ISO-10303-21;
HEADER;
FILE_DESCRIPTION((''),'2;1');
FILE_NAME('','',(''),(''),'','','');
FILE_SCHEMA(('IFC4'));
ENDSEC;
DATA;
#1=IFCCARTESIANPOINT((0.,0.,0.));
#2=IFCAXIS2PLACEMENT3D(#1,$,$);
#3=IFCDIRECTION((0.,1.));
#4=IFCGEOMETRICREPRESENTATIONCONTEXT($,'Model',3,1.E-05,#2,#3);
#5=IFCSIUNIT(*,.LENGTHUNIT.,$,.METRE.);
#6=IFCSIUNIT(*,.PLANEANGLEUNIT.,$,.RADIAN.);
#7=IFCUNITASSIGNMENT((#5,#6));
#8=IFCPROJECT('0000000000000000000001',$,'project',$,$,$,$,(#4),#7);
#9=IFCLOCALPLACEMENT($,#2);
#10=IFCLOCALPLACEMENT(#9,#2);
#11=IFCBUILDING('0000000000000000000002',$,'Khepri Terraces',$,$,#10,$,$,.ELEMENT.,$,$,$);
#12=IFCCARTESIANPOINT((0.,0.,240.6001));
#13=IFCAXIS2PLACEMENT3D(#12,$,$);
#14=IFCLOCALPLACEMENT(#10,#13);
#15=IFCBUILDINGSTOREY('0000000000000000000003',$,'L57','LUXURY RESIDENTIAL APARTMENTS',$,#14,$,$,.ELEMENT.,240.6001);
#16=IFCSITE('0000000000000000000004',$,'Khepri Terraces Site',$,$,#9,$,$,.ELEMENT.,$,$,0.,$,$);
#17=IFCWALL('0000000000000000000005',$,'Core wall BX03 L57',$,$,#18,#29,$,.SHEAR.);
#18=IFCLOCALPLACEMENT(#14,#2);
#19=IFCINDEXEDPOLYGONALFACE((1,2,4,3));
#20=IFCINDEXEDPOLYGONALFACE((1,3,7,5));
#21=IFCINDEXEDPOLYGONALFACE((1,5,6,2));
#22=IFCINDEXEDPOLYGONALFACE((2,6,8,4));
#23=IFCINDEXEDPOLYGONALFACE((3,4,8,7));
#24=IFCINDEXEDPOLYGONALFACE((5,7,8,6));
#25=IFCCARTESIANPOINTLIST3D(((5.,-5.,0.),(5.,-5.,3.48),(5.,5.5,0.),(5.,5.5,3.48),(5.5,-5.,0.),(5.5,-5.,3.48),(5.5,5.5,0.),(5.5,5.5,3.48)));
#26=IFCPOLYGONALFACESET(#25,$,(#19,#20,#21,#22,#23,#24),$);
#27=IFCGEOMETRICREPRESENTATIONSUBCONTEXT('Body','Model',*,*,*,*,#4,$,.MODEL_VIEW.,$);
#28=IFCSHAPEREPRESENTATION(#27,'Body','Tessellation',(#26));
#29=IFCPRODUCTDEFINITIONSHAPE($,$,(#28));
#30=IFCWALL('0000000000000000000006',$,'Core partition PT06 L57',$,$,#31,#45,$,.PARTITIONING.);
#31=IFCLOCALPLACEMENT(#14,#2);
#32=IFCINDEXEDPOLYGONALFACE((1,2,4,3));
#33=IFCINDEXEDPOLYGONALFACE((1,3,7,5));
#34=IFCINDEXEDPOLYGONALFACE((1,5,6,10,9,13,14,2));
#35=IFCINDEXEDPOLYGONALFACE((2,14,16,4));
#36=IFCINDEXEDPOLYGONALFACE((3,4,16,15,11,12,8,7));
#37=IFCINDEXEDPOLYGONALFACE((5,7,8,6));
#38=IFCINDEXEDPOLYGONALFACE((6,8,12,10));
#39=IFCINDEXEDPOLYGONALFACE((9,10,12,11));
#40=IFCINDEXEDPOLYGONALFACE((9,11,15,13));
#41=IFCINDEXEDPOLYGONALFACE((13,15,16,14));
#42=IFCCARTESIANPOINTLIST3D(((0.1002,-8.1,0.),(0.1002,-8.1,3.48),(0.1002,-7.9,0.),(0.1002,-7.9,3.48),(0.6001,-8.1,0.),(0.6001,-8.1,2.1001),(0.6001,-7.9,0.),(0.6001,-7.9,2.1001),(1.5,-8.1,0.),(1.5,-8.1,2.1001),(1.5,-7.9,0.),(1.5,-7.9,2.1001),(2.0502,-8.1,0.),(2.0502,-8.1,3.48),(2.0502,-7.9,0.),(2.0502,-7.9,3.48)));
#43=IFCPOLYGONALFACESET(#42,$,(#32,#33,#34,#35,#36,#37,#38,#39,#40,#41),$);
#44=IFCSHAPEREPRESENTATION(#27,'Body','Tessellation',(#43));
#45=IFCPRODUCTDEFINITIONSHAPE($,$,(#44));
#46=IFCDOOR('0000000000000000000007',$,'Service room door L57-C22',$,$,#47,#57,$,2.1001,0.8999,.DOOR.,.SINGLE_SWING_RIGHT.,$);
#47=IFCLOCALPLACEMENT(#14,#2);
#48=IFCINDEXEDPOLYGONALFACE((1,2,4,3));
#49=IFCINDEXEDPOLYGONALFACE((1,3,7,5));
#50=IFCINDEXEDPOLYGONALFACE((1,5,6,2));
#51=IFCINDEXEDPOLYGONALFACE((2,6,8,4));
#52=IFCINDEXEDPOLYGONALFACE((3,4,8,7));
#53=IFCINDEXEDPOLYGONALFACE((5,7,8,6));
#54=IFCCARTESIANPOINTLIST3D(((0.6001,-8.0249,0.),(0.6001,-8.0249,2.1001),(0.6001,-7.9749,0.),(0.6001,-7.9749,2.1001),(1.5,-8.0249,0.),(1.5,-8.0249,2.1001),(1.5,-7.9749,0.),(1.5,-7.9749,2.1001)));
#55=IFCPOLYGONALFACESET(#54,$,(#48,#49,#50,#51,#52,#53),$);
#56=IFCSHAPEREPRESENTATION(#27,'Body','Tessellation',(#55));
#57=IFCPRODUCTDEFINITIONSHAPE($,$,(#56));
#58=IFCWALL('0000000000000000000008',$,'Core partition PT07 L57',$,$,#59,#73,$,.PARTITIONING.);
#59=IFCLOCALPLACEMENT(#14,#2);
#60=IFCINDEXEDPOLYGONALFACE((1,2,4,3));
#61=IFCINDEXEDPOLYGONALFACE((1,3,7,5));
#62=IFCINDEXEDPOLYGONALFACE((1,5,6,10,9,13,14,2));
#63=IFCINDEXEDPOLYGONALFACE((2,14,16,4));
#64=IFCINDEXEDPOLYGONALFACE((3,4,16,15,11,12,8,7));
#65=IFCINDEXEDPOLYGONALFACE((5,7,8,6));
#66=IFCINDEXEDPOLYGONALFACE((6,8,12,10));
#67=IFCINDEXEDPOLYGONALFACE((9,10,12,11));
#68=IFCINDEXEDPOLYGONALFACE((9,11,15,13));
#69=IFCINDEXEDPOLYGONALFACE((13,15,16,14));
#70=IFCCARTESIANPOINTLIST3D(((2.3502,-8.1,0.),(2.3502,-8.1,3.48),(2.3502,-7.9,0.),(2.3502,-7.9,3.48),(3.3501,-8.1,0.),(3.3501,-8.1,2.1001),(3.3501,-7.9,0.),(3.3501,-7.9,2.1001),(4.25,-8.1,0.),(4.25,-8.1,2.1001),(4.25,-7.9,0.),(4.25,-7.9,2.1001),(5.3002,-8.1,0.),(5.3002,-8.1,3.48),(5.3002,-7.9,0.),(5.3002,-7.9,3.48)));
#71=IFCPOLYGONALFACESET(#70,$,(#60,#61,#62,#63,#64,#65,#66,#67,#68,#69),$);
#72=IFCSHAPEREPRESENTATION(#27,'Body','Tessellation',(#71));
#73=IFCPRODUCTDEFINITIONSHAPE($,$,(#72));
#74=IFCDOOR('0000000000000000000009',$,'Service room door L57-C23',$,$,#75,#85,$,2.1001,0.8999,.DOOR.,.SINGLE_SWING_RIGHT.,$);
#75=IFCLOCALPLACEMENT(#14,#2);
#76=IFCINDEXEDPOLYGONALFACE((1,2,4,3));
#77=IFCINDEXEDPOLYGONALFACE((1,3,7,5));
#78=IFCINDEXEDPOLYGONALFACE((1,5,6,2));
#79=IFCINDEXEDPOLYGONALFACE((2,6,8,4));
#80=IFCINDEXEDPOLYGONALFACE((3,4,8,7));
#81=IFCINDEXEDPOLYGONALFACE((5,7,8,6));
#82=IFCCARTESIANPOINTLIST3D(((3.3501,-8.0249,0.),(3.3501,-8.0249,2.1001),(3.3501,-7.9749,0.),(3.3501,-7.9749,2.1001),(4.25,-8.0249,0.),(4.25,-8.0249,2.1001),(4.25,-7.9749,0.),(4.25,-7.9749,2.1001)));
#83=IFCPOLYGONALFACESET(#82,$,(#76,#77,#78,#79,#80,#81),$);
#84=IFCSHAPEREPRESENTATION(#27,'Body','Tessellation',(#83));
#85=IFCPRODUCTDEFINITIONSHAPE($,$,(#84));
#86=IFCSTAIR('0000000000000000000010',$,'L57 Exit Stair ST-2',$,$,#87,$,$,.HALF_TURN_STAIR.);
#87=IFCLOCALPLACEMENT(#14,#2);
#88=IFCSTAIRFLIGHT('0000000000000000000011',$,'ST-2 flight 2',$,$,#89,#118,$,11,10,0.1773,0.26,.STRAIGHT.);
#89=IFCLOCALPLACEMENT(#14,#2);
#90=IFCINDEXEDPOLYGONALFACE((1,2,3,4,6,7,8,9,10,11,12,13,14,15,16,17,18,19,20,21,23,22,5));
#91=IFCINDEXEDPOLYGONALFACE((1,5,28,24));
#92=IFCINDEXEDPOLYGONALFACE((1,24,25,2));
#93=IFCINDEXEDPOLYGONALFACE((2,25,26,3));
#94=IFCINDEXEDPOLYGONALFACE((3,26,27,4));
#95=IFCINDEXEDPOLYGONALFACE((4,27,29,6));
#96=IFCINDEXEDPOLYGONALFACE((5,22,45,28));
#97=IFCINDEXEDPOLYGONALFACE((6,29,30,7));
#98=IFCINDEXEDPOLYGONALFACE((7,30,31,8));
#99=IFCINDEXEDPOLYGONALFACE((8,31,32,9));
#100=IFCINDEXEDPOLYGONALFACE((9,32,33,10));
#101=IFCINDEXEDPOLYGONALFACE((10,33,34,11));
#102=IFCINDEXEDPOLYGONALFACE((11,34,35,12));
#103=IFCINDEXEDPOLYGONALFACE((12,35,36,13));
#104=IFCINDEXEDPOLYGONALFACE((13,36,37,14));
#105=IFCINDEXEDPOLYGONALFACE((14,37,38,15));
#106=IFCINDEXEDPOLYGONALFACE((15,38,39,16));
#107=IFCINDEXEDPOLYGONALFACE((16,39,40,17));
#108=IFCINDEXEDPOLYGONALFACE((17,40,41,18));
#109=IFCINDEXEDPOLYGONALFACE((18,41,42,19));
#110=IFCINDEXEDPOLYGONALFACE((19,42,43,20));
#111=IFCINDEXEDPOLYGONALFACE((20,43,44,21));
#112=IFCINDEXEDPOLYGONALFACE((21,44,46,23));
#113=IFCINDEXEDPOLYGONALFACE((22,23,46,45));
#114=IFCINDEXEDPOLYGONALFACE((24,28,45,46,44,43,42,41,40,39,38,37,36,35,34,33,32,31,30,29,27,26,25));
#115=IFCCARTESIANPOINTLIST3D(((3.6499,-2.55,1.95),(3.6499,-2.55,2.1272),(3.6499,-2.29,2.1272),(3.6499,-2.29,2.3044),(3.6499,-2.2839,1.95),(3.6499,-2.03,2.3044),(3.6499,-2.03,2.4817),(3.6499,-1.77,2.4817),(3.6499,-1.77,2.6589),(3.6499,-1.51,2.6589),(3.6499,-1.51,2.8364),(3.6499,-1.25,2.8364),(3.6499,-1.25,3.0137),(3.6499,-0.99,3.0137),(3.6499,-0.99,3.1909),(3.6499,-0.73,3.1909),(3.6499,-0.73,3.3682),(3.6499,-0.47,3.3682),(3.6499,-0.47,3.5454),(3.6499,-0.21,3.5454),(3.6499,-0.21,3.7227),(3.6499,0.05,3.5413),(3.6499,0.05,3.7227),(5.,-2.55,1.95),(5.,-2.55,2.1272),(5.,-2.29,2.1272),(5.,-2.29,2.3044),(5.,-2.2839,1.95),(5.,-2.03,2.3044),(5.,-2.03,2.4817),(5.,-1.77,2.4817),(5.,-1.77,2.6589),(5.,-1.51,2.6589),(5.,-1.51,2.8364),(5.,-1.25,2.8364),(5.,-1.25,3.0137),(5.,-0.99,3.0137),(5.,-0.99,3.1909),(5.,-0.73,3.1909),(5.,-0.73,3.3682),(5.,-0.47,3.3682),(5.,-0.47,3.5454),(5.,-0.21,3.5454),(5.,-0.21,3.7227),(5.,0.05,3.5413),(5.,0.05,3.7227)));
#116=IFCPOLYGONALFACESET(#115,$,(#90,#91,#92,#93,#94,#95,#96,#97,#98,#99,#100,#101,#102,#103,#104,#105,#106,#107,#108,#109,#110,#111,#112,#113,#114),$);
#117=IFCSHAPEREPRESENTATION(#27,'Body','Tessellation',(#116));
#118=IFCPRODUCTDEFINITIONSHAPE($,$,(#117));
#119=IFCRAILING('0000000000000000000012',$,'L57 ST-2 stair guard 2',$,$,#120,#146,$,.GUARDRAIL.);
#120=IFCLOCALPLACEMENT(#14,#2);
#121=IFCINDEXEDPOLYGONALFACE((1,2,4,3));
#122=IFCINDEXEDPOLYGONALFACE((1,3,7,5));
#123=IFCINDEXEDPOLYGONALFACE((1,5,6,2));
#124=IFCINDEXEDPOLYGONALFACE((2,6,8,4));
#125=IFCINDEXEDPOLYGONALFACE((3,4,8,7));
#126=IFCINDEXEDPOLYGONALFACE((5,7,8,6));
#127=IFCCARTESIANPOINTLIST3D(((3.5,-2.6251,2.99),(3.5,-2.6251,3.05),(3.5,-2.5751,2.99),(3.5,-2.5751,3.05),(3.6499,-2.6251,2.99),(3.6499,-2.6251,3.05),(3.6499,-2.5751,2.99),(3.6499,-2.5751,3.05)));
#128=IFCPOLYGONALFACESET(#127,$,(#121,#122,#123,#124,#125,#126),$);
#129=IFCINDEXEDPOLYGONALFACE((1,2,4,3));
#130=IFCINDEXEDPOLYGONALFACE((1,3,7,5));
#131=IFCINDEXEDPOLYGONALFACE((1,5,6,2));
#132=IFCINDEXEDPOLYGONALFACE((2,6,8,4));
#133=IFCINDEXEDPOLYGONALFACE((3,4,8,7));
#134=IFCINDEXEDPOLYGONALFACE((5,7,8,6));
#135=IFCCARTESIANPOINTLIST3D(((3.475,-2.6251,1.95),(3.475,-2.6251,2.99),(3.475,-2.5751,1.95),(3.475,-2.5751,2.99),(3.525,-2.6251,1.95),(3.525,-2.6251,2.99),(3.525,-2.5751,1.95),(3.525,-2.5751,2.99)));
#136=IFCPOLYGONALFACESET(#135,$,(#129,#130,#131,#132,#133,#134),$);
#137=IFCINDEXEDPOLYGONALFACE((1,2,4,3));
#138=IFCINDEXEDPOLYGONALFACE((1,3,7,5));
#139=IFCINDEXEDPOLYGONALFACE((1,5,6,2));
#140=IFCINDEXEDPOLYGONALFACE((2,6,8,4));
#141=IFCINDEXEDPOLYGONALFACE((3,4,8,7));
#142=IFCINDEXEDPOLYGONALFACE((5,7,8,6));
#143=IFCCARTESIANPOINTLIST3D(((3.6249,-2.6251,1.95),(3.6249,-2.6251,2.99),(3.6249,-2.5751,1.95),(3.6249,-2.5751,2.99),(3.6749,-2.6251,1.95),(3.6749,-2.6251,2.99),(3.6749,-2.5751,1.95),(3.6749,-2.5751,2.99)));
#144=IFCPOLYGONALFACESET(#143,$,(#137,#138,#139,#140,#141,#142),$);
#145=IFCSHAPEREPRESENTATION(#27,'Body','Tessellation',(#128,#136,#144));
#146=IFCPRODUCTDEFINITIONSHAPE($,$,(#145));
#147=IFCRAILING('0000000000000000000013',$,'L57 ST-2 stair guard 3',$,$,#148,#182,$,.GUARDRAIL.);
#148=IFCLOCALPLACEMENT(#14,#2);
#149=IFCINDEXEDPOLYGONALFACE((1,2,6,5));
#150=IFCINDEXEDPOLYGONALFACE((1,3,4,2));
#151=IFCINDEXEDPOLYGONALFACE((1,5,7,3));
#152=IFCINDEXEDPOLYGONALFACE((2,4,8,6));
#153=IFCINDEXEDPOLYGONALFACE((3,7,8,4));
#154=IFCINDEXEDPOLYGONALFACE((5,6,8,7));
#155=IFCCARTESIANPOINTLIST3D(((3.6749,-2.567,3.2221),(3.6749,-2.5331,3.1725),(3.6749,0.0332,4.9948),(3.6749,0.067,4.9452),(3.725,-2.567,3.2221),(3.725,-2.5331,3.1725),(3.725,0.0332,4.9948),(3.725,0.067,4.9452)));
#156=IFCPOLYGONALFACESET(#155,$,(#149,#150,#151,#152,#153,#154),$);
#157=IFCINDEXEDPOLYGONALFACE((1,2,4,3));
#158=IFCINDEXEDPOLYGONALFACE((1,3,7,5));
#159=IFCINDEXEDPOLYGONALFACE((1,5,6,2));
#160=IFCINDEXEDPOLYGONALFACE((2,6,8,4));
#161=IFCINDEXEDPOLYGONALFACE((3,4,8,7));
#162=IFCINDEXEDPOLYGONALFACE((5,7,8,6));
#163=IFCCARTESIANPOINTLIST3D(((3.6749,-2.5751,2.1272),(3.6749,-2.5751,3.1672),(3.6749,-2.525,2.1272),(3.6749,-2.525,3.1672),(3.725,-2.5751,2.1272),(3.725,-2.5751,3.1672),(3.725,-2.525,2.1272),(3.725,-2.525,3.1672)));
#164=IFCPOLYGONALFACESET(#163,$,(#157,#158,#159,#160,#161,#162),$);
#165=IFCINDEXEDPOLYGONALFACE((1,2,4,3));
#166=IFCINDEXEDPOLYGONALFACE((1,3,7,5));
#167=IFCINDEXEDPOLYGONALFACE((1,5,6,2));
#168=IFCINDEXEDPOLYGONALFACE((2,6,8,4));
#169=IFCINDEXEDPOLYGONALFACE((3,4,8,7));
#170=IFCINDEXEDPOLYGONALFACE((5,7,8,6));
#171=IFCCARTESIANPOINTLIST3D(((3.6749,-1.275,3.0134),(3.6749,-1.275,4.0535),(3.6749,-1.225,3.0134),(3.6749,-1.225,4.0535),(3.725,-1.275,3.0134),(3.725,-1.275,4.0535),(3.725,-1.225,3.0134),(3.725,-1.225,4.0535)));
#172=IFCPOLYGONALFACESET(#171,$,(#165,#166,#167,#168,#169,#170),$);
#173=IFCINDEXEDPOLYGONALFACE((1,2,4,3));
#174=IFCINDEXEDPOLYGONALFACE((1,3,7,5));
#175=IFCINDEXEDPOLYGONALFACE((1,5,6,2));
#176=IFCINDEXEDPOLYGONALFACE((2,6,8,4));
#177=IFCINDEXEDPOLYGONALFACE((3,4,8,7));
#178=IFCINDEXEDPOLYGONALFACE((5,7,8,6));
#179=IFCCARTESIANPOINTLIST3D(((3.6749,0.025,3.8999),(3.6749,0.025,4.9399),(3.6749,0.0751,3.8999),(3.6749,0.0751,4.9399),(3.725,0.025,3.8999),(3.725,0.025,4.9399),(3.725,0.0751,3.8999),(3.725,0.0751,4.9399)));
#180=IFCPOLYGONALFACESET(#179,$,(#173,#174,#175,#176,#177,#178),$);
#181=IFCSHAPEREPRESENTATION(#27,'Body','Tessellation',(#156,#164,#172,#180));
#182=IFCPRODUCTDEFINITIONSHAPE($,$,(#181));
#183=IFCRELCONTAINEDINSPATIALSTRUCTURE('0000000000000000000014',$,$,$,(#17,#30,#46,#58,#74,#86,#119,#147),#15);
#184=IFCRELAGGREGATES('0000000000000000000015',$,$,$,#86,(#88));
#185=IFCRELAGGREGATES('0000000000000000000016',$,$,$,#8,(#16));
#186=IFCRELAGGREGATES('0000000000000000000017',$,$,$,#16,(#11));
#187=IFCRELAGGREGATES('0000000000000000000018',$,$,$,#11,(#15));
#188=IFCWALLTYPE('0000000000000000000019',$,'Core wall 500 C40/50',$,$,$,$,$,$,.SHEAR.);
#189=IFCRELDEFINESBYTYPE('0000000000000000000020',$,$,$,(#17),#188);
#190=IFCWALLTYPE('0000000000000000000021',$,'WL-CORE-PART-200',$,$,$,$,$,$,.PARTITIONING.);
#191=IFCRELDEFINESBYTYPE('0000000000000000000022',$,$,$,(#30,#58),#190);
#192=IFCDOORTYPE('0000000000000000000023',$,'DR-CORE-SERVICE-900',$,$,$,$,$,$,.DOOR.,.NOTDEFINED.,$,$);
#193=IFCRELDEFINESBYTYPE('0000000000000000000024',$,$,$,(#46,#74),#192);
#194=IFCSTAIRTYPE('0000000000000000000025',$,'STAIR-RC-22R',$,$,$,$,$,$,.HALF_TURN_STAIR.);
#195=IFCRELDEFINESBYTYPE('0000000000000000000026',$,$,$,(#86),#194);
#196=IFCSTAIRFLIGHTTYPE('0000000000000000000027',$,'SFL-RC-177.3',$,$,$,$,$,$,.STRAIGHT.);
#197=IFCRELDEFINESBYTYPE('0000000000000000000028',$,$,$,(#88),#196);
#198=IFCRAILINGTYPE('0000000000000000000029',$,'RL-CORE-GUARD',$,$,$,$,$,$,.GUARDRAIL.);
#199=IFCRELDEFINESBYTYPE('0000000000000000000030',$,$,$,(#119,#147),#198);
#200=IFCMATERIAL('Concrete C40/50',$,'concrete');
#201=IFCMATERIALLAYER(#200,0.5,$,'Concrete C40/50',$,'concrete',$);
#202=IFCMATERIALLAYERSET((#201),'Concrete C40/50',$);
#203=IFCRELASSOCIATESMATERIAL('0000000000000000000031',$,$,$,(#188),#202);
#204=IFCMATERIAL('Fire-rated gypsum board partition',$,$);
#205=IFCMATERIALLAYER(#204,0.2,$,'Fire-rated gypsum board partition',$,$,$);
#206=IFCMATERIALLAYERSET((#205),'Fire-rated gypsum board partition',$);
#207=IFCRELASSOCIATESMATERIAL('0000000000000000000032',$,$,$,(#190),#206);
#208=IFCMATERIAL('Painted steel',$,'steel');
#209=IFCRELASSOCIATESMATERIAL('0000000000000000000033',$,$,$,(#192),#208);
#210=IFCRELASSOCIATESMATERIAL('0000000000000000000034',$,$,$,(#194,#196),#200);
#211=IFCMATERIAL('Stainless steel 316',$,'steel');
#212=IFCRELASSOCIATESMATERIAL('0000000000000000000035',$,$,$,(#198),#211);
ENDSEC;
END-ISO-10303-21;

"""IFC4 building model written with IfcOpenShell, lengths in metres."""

from ifc_helpers import new_model, si_unit, direction, frame, frame_2d, origin, origin_2d, place, context, subcontext, project, spatial, polyline, rectangle, outline, extrude, material, layer, layer_set, type_object, element, fill, aggregate, save


model = new_model("IFC4")

# Units and contexts
model_context = context("Model", 3, precision=1e-05, world=origin(), true_north=direction((0.0, 1.0)))
body_context = subcontext(model_context, "Body", "Model", "MODEL_VIEW")
ifc_project = project(units=[si_unit("LENGTHUNIT", "METRE"), si_unit("PLANEANGLEUNIT", "RADIAN")], contexts=[model_context])

# Site, building, storey
site_placement = place(None, origin())
site = spatial("IfcSite", under=ifc_project, at=site_placement, Name="Khepri Terraces Site", CompositionType="ELEMENT", RefElevation=0.0)
building_placement = place(site_placement, origin())
building = spatial("IfcBuilding", under=site, at=building_placement, Name="Khepri Terraces", CompositionType="ELEMENT")
storey_placement = place(building_placement, frame((0.0, 0.0, 240.6001)))
storey = spatial("IfcBuildingStorey", under=building, at=storey_placement, Name="L57", Description="LUXURY RESIDENTIAL APARTMENTS", CompositionType="ELEMENT", Elevation=240.6001)

# Shared definitions
ifc_material_1 = material(Name="Concrete C40/50", Category="concrete")
ifc_material_2 = material(Name="Painted steel", Category="steel")

# Wall
ifc_layer_1 = layer(ifc_material_1, 0.5, Name="Concrete C40/50", Category="concrete")
ifc_layer_set_1 = layer_set([ifc_layer_1], Name="Concrete C40/50")
wall_type_1 = type_object("IfcWallType", Name="Core wall 500 C40/50", PredefinedType="SHEAR", material=ifc_layer_set_1)
wall_1_placement = place(storey_placement, frame((5.25, -5.0, 0.0), z_axis=(0.0, 0.0, 1.0), x_axis=(0.0, 1.0, 0.0)))
element("IfcWall", 1, at=wall_1_placement, inside=storey, type_object=wall_type_1, Name="Core wall BX03 L57", PredefinedType="SHEAR", context=body_context, shape_type="SweptSolid", body=[
    extrude(rectangle(XDim=10.5, YDim=0.5, at=frame_2d((5.25, 0.0))), origin(), (0.0, 0.0, 1.0), 3.48),
])

# Walls, openings, doors
ifc_material_3 = material(Name="Fire-rated gypsum board partition")
ifc_layer_2 = layer(ifc_material_3, 0.2, Name="Fire-rated gypsum board partition")
ifc_layer_set_2 = layer_set([ifc_layer_2], Name="Fire-rated gypsum board partition")
wall_type_2 = type_object("IfcWallType", Name="WL-CORE-PART-200", PredefinedType="PARTITIONING", material=ifc_layer_set_2)
wall_2_placement = place(storey_placement, frame((0.1001, -8.0, 0.0), z_axis=(0.0, 0.0, 1.0), x_axis=(1.0, 0.0, 0.0)))
wall_2 = element("IfcWall", 2, at=wall_2_placement, inside=storey, type_object=wall_type_2, Name="Core partition PT06 L57", PredefinedType="PARTITIONING", context=body_context, shape_type="SweptSolid", body=[
    extrude(rectangle(XDim=1.95, YDim=0.2, at=frame_2d((0.9751, 0.0))), origin(), (0.0, 0.0, 1.0), 3.48),
])
opening_1_placement = place(wall_2_placement, frame((0.5, 0.0, 0.0)))
opening_1 = element("IfcOpeningElement", 3, at=opening_1_placement, cuts=wall_2, PredefinedType="OPENING", context=body_context, shape_type="SweptSolid", body=[
    extrude(rectangle(XDim=0.8999, YDim=2.1001, at=frame_2d((0.45, 1.05))), frame((0.0, 0.1099, 0.0), z_axis=(0.0, -1.0, 0.0), x_axis=(1.0, 0.0, 0.0)), (0.0, 0.0, 1.0), 0.22),
])
door_type_1 = type_object("IfcDoorType", Name="DR-CORE-SERVICE-900", OperationType="NOTDEFINED", PredefinedType="DOOR", material=ifc_material_2)
door_1_placement = place(opening_1_placement, frame((0.8999, 0.0, 0.0), z_axis=(0.0, 0.0, 1.0), x_axis=(-1.0, 0.0, 0.0)))
door_1 = element("IfcDoor", 4, at=door_1_placement, inside=storey, type_object=door_type_1, Name="Service room door L57-C22", OperationType="SINGLE_SWING_RIGHT", OverallHeight=2.1001, OverallWidth=0.8999, PredefinedType="DOOR", context=body_context, shape_type="SweptSolid", body=[
    extrude(rectangle(XDim=0.8999, YDim=2.1001, at=frame_2d((0.45, 1.05))), frame((0.0, 0.0249, 0.0), z_axis=(0.0, -1.0, 0.0), x_axis=(1.0, 0.0, 0.0)), (0.0, 0.0, 1.0), 0.05),
])
fill(opening_1, door_1)
wall_3_placement = place(storey_placement, frame((2.3501, -8.0, 0.0), z_axis=(0.0, 0.0, 1.0), x_axis=(1.0, 0.0, 0.0)))
wall_3 = element("IfcWall", 5, at=wall_3_placement, inside=storey, type_object=wall_type_2, Name="Core partition PT07 L57", PredefinedType="PARTITIONING", context=body_context, shape_type="SweptSolid", body=[
    extrude(rectangle(XDim=2.95, YDim=0.2, at=frame_2d((1.4751, 0.0))), origin(), (0.0, 0.0, 1.0), 3.48),
])
opening_2_placement = place(wall_3_placement, frame((1.0, 0.0, 0.0)))
opening_2 = element("IfcOpeningElement", 6, at=opening_2_placement, cuts=wall_3, PredefinedType="OPENING", context=body_context, shape_type="SweptSolid", body=[
    extrude(rectangle(XDim=0.8999, YDim=2.1001, at=frame_2d((0.45, 1.05))), frame((0.0, 0.1099, 0.0), z_axis=(0.0, -1.0, 0.0), x_axis=(1.0, 0.0, 0.0)), (0.0, 0.0, 1.0), 0.22),
])
door_2_placement = place(opening_2_placement, frame((0.8999, 0.0, 0.0), z_axis=(0.0, 0.0, 1.0), x_axis=(-1.0, 0.0, 0.0)))
door_2 = element("IfcDoor", 7, at=door_2_placement, inside=storey, type_object=door_type_1, Name="Service room door L57-C23", OperationType="SINGLE_SWING_RIGHT", OverallHeight=2.1001, OverallWidth=0.8999, PredefinedType="DOOR", context=body_context, shape_type="SweptSolid", body=[
    extrude(rectangle(XDim=0.8999, YDim=2.1001, at=frame_2d((0.45, 1.05))), frame((0.0, 0.0249, 0.0), z_axis=(0.0, -1.0, 0.0), x_axis=(1.0, 0.0, 0.0)), (0.0, 0.0, 1.0), 0.05),
])
fill(opening_2, door_2)

# Stair, stair flight
stair_type = type_object("IfcStairType", Name="STAIR-RC-22R", PredefinedType="HALF_TURN_STAIR", material=ifc_material_1)
stair_placement = place(storey_placement, origin())
stair = element("IfcStair", 8, at=stair_placement, inside=storey, type_object=stair_type, Name="L57 Exit Stair ST-2", PredefinedType="HALF_TURN_STAIR")
stair_flight_type = type_object("IfcStairFlightType", Name="SFL-RC-177.3", PredefinedType="STRAIGHT", material=ifc_material_1)
stair_flight_placement = place(storey_placement, frame((4.325, -2.55, 1.95), z_axis=(0.0, 0.0, 1.0), x_axis=(0.0, 1.0, 0.0)))
stair_flight = element("IfcStairFlight", 9, at=stair_flight_placement, type_object=stair_flight_type, Name="ST-2 flight 2", NumberOfRisers=11, NumberOfTreads=10, PredefinedType="STRAIGHT", RiserHeight=0.1773, TreadLength=0.26, context=body_context, shape_type="SweptSolid", body=[
    extrude(outline(polyline([(0.0, 0.0), (0.0, 0.1772), (0.26, 0.1772), (0.26, 0.3545), (0.52, 0.3545), (0.52, 0.5317), (0.78, 0.5317), (0.78, 0.709), (1.04, 0.709), (1.04, 0.8865), (1.3, 0.8865), (1.3, 1.0637), (1.5601, 1.0637), (1.5601, 1.241), (1.8201, 1.241), (1.8201, 1.4182), (2.0801, 1.4182), (2.0801, 1.5955), (2.3401, 1.5955), (2.3401, 1.7727), (2.6001, 1.7727), (2.6001, 1.95), (2.6001, 1.5913), (0.2661, 0.0), (0.0, 0.0)])), frame((0.0, 0.675, 0.0), z_axis=(0.0, -1.0, 0.0), x_axis=(1.0, 0.0, 0.0)), (0.0, 0.0, 1.0), 1.3501),
])
aggregate(stair, [stair_flight])

# Railings
ifc_material_4 = material(Name="Stainless steel 316", Category="steel")
railing_type_1 = type_object("IfcRailingType", Name="RL-CORE-GUARD", PredefinedType="GUARDRAIL", material=ifc_material_4)
railing_1_placement = place(storey_placement, frame((3.5, -2.6001, 1.95)))
element("IfcRailing", 10, at=railing_1_placement, inside=storey, type_object=railing_type_1, Name="L57 ST-2 stair guard 2", PredefinedType="GUARDRAIL", context=body_context, shape_type="SweptSolid", body=[
    extrude(rectangle(XDim=0.05, YDim=0.0601, at=origin_2d()), frame((0.0, 0.0, 1.0701), z_axis=(1.0, 0.0, 0.0), x_axis=(0.0, 1.0, 0.0)), (0.0, 0.0, 1.0), 0.1499),
    extrude(rectangle(XDim=0.05, YDim=0.05, at=origin_2d()), origin(), (0.0, 0.0, 1.0), 1.04),
    extrude(rectangle(XDim=0.05, YDim=0.05, at=origin_2d()), frame((0.1499, 0.0, 0.0)), (0.0, 0.0, 1.0), 1.04),
])
railing_2_placement = place(storey_placement, frame((3.7, -2.55, 2.1272)))
element("IfcRailing", 11, at=railing_2_placement, inside=storey, type_object=railing_type_1, Name="L57 ST-2 stair guard 3", PredefinedType="GUARDRAIL", context=body_context, shape_type="SweptSolid", body=[
    extrude(rectangle(XDim=0.05, YDim=0.0601, at=origin_2d()), frame((0.0, 0.0, 1.0701), z_axis=(0.0, 0.82624, 0.563318), x_axis=(-1.0, 0.0, 0.0)), (0.0, 0.0, 1.0), 3.147),
    extrude(rectangle(XDim=0.05, YDim=0.05, at=origin_2d()), origin(), (0.0, 0.0, 1.0), 1.04),
    extrude(rectangle(XDim=0.05, YDim=0.05, at=origin_2d()), frame((0.0, 1.3, 0.8862)), (0.0, 0.0, 1.0), 1.04),
    extrude(rectangle(XDim=0.05, YDim=0.05, at=origin_2d()), frame((0.0, 2.6001, 1.7727)), (0.0, 0.0, 1.0), 1.04),
])

save(model, "model.ifc")
